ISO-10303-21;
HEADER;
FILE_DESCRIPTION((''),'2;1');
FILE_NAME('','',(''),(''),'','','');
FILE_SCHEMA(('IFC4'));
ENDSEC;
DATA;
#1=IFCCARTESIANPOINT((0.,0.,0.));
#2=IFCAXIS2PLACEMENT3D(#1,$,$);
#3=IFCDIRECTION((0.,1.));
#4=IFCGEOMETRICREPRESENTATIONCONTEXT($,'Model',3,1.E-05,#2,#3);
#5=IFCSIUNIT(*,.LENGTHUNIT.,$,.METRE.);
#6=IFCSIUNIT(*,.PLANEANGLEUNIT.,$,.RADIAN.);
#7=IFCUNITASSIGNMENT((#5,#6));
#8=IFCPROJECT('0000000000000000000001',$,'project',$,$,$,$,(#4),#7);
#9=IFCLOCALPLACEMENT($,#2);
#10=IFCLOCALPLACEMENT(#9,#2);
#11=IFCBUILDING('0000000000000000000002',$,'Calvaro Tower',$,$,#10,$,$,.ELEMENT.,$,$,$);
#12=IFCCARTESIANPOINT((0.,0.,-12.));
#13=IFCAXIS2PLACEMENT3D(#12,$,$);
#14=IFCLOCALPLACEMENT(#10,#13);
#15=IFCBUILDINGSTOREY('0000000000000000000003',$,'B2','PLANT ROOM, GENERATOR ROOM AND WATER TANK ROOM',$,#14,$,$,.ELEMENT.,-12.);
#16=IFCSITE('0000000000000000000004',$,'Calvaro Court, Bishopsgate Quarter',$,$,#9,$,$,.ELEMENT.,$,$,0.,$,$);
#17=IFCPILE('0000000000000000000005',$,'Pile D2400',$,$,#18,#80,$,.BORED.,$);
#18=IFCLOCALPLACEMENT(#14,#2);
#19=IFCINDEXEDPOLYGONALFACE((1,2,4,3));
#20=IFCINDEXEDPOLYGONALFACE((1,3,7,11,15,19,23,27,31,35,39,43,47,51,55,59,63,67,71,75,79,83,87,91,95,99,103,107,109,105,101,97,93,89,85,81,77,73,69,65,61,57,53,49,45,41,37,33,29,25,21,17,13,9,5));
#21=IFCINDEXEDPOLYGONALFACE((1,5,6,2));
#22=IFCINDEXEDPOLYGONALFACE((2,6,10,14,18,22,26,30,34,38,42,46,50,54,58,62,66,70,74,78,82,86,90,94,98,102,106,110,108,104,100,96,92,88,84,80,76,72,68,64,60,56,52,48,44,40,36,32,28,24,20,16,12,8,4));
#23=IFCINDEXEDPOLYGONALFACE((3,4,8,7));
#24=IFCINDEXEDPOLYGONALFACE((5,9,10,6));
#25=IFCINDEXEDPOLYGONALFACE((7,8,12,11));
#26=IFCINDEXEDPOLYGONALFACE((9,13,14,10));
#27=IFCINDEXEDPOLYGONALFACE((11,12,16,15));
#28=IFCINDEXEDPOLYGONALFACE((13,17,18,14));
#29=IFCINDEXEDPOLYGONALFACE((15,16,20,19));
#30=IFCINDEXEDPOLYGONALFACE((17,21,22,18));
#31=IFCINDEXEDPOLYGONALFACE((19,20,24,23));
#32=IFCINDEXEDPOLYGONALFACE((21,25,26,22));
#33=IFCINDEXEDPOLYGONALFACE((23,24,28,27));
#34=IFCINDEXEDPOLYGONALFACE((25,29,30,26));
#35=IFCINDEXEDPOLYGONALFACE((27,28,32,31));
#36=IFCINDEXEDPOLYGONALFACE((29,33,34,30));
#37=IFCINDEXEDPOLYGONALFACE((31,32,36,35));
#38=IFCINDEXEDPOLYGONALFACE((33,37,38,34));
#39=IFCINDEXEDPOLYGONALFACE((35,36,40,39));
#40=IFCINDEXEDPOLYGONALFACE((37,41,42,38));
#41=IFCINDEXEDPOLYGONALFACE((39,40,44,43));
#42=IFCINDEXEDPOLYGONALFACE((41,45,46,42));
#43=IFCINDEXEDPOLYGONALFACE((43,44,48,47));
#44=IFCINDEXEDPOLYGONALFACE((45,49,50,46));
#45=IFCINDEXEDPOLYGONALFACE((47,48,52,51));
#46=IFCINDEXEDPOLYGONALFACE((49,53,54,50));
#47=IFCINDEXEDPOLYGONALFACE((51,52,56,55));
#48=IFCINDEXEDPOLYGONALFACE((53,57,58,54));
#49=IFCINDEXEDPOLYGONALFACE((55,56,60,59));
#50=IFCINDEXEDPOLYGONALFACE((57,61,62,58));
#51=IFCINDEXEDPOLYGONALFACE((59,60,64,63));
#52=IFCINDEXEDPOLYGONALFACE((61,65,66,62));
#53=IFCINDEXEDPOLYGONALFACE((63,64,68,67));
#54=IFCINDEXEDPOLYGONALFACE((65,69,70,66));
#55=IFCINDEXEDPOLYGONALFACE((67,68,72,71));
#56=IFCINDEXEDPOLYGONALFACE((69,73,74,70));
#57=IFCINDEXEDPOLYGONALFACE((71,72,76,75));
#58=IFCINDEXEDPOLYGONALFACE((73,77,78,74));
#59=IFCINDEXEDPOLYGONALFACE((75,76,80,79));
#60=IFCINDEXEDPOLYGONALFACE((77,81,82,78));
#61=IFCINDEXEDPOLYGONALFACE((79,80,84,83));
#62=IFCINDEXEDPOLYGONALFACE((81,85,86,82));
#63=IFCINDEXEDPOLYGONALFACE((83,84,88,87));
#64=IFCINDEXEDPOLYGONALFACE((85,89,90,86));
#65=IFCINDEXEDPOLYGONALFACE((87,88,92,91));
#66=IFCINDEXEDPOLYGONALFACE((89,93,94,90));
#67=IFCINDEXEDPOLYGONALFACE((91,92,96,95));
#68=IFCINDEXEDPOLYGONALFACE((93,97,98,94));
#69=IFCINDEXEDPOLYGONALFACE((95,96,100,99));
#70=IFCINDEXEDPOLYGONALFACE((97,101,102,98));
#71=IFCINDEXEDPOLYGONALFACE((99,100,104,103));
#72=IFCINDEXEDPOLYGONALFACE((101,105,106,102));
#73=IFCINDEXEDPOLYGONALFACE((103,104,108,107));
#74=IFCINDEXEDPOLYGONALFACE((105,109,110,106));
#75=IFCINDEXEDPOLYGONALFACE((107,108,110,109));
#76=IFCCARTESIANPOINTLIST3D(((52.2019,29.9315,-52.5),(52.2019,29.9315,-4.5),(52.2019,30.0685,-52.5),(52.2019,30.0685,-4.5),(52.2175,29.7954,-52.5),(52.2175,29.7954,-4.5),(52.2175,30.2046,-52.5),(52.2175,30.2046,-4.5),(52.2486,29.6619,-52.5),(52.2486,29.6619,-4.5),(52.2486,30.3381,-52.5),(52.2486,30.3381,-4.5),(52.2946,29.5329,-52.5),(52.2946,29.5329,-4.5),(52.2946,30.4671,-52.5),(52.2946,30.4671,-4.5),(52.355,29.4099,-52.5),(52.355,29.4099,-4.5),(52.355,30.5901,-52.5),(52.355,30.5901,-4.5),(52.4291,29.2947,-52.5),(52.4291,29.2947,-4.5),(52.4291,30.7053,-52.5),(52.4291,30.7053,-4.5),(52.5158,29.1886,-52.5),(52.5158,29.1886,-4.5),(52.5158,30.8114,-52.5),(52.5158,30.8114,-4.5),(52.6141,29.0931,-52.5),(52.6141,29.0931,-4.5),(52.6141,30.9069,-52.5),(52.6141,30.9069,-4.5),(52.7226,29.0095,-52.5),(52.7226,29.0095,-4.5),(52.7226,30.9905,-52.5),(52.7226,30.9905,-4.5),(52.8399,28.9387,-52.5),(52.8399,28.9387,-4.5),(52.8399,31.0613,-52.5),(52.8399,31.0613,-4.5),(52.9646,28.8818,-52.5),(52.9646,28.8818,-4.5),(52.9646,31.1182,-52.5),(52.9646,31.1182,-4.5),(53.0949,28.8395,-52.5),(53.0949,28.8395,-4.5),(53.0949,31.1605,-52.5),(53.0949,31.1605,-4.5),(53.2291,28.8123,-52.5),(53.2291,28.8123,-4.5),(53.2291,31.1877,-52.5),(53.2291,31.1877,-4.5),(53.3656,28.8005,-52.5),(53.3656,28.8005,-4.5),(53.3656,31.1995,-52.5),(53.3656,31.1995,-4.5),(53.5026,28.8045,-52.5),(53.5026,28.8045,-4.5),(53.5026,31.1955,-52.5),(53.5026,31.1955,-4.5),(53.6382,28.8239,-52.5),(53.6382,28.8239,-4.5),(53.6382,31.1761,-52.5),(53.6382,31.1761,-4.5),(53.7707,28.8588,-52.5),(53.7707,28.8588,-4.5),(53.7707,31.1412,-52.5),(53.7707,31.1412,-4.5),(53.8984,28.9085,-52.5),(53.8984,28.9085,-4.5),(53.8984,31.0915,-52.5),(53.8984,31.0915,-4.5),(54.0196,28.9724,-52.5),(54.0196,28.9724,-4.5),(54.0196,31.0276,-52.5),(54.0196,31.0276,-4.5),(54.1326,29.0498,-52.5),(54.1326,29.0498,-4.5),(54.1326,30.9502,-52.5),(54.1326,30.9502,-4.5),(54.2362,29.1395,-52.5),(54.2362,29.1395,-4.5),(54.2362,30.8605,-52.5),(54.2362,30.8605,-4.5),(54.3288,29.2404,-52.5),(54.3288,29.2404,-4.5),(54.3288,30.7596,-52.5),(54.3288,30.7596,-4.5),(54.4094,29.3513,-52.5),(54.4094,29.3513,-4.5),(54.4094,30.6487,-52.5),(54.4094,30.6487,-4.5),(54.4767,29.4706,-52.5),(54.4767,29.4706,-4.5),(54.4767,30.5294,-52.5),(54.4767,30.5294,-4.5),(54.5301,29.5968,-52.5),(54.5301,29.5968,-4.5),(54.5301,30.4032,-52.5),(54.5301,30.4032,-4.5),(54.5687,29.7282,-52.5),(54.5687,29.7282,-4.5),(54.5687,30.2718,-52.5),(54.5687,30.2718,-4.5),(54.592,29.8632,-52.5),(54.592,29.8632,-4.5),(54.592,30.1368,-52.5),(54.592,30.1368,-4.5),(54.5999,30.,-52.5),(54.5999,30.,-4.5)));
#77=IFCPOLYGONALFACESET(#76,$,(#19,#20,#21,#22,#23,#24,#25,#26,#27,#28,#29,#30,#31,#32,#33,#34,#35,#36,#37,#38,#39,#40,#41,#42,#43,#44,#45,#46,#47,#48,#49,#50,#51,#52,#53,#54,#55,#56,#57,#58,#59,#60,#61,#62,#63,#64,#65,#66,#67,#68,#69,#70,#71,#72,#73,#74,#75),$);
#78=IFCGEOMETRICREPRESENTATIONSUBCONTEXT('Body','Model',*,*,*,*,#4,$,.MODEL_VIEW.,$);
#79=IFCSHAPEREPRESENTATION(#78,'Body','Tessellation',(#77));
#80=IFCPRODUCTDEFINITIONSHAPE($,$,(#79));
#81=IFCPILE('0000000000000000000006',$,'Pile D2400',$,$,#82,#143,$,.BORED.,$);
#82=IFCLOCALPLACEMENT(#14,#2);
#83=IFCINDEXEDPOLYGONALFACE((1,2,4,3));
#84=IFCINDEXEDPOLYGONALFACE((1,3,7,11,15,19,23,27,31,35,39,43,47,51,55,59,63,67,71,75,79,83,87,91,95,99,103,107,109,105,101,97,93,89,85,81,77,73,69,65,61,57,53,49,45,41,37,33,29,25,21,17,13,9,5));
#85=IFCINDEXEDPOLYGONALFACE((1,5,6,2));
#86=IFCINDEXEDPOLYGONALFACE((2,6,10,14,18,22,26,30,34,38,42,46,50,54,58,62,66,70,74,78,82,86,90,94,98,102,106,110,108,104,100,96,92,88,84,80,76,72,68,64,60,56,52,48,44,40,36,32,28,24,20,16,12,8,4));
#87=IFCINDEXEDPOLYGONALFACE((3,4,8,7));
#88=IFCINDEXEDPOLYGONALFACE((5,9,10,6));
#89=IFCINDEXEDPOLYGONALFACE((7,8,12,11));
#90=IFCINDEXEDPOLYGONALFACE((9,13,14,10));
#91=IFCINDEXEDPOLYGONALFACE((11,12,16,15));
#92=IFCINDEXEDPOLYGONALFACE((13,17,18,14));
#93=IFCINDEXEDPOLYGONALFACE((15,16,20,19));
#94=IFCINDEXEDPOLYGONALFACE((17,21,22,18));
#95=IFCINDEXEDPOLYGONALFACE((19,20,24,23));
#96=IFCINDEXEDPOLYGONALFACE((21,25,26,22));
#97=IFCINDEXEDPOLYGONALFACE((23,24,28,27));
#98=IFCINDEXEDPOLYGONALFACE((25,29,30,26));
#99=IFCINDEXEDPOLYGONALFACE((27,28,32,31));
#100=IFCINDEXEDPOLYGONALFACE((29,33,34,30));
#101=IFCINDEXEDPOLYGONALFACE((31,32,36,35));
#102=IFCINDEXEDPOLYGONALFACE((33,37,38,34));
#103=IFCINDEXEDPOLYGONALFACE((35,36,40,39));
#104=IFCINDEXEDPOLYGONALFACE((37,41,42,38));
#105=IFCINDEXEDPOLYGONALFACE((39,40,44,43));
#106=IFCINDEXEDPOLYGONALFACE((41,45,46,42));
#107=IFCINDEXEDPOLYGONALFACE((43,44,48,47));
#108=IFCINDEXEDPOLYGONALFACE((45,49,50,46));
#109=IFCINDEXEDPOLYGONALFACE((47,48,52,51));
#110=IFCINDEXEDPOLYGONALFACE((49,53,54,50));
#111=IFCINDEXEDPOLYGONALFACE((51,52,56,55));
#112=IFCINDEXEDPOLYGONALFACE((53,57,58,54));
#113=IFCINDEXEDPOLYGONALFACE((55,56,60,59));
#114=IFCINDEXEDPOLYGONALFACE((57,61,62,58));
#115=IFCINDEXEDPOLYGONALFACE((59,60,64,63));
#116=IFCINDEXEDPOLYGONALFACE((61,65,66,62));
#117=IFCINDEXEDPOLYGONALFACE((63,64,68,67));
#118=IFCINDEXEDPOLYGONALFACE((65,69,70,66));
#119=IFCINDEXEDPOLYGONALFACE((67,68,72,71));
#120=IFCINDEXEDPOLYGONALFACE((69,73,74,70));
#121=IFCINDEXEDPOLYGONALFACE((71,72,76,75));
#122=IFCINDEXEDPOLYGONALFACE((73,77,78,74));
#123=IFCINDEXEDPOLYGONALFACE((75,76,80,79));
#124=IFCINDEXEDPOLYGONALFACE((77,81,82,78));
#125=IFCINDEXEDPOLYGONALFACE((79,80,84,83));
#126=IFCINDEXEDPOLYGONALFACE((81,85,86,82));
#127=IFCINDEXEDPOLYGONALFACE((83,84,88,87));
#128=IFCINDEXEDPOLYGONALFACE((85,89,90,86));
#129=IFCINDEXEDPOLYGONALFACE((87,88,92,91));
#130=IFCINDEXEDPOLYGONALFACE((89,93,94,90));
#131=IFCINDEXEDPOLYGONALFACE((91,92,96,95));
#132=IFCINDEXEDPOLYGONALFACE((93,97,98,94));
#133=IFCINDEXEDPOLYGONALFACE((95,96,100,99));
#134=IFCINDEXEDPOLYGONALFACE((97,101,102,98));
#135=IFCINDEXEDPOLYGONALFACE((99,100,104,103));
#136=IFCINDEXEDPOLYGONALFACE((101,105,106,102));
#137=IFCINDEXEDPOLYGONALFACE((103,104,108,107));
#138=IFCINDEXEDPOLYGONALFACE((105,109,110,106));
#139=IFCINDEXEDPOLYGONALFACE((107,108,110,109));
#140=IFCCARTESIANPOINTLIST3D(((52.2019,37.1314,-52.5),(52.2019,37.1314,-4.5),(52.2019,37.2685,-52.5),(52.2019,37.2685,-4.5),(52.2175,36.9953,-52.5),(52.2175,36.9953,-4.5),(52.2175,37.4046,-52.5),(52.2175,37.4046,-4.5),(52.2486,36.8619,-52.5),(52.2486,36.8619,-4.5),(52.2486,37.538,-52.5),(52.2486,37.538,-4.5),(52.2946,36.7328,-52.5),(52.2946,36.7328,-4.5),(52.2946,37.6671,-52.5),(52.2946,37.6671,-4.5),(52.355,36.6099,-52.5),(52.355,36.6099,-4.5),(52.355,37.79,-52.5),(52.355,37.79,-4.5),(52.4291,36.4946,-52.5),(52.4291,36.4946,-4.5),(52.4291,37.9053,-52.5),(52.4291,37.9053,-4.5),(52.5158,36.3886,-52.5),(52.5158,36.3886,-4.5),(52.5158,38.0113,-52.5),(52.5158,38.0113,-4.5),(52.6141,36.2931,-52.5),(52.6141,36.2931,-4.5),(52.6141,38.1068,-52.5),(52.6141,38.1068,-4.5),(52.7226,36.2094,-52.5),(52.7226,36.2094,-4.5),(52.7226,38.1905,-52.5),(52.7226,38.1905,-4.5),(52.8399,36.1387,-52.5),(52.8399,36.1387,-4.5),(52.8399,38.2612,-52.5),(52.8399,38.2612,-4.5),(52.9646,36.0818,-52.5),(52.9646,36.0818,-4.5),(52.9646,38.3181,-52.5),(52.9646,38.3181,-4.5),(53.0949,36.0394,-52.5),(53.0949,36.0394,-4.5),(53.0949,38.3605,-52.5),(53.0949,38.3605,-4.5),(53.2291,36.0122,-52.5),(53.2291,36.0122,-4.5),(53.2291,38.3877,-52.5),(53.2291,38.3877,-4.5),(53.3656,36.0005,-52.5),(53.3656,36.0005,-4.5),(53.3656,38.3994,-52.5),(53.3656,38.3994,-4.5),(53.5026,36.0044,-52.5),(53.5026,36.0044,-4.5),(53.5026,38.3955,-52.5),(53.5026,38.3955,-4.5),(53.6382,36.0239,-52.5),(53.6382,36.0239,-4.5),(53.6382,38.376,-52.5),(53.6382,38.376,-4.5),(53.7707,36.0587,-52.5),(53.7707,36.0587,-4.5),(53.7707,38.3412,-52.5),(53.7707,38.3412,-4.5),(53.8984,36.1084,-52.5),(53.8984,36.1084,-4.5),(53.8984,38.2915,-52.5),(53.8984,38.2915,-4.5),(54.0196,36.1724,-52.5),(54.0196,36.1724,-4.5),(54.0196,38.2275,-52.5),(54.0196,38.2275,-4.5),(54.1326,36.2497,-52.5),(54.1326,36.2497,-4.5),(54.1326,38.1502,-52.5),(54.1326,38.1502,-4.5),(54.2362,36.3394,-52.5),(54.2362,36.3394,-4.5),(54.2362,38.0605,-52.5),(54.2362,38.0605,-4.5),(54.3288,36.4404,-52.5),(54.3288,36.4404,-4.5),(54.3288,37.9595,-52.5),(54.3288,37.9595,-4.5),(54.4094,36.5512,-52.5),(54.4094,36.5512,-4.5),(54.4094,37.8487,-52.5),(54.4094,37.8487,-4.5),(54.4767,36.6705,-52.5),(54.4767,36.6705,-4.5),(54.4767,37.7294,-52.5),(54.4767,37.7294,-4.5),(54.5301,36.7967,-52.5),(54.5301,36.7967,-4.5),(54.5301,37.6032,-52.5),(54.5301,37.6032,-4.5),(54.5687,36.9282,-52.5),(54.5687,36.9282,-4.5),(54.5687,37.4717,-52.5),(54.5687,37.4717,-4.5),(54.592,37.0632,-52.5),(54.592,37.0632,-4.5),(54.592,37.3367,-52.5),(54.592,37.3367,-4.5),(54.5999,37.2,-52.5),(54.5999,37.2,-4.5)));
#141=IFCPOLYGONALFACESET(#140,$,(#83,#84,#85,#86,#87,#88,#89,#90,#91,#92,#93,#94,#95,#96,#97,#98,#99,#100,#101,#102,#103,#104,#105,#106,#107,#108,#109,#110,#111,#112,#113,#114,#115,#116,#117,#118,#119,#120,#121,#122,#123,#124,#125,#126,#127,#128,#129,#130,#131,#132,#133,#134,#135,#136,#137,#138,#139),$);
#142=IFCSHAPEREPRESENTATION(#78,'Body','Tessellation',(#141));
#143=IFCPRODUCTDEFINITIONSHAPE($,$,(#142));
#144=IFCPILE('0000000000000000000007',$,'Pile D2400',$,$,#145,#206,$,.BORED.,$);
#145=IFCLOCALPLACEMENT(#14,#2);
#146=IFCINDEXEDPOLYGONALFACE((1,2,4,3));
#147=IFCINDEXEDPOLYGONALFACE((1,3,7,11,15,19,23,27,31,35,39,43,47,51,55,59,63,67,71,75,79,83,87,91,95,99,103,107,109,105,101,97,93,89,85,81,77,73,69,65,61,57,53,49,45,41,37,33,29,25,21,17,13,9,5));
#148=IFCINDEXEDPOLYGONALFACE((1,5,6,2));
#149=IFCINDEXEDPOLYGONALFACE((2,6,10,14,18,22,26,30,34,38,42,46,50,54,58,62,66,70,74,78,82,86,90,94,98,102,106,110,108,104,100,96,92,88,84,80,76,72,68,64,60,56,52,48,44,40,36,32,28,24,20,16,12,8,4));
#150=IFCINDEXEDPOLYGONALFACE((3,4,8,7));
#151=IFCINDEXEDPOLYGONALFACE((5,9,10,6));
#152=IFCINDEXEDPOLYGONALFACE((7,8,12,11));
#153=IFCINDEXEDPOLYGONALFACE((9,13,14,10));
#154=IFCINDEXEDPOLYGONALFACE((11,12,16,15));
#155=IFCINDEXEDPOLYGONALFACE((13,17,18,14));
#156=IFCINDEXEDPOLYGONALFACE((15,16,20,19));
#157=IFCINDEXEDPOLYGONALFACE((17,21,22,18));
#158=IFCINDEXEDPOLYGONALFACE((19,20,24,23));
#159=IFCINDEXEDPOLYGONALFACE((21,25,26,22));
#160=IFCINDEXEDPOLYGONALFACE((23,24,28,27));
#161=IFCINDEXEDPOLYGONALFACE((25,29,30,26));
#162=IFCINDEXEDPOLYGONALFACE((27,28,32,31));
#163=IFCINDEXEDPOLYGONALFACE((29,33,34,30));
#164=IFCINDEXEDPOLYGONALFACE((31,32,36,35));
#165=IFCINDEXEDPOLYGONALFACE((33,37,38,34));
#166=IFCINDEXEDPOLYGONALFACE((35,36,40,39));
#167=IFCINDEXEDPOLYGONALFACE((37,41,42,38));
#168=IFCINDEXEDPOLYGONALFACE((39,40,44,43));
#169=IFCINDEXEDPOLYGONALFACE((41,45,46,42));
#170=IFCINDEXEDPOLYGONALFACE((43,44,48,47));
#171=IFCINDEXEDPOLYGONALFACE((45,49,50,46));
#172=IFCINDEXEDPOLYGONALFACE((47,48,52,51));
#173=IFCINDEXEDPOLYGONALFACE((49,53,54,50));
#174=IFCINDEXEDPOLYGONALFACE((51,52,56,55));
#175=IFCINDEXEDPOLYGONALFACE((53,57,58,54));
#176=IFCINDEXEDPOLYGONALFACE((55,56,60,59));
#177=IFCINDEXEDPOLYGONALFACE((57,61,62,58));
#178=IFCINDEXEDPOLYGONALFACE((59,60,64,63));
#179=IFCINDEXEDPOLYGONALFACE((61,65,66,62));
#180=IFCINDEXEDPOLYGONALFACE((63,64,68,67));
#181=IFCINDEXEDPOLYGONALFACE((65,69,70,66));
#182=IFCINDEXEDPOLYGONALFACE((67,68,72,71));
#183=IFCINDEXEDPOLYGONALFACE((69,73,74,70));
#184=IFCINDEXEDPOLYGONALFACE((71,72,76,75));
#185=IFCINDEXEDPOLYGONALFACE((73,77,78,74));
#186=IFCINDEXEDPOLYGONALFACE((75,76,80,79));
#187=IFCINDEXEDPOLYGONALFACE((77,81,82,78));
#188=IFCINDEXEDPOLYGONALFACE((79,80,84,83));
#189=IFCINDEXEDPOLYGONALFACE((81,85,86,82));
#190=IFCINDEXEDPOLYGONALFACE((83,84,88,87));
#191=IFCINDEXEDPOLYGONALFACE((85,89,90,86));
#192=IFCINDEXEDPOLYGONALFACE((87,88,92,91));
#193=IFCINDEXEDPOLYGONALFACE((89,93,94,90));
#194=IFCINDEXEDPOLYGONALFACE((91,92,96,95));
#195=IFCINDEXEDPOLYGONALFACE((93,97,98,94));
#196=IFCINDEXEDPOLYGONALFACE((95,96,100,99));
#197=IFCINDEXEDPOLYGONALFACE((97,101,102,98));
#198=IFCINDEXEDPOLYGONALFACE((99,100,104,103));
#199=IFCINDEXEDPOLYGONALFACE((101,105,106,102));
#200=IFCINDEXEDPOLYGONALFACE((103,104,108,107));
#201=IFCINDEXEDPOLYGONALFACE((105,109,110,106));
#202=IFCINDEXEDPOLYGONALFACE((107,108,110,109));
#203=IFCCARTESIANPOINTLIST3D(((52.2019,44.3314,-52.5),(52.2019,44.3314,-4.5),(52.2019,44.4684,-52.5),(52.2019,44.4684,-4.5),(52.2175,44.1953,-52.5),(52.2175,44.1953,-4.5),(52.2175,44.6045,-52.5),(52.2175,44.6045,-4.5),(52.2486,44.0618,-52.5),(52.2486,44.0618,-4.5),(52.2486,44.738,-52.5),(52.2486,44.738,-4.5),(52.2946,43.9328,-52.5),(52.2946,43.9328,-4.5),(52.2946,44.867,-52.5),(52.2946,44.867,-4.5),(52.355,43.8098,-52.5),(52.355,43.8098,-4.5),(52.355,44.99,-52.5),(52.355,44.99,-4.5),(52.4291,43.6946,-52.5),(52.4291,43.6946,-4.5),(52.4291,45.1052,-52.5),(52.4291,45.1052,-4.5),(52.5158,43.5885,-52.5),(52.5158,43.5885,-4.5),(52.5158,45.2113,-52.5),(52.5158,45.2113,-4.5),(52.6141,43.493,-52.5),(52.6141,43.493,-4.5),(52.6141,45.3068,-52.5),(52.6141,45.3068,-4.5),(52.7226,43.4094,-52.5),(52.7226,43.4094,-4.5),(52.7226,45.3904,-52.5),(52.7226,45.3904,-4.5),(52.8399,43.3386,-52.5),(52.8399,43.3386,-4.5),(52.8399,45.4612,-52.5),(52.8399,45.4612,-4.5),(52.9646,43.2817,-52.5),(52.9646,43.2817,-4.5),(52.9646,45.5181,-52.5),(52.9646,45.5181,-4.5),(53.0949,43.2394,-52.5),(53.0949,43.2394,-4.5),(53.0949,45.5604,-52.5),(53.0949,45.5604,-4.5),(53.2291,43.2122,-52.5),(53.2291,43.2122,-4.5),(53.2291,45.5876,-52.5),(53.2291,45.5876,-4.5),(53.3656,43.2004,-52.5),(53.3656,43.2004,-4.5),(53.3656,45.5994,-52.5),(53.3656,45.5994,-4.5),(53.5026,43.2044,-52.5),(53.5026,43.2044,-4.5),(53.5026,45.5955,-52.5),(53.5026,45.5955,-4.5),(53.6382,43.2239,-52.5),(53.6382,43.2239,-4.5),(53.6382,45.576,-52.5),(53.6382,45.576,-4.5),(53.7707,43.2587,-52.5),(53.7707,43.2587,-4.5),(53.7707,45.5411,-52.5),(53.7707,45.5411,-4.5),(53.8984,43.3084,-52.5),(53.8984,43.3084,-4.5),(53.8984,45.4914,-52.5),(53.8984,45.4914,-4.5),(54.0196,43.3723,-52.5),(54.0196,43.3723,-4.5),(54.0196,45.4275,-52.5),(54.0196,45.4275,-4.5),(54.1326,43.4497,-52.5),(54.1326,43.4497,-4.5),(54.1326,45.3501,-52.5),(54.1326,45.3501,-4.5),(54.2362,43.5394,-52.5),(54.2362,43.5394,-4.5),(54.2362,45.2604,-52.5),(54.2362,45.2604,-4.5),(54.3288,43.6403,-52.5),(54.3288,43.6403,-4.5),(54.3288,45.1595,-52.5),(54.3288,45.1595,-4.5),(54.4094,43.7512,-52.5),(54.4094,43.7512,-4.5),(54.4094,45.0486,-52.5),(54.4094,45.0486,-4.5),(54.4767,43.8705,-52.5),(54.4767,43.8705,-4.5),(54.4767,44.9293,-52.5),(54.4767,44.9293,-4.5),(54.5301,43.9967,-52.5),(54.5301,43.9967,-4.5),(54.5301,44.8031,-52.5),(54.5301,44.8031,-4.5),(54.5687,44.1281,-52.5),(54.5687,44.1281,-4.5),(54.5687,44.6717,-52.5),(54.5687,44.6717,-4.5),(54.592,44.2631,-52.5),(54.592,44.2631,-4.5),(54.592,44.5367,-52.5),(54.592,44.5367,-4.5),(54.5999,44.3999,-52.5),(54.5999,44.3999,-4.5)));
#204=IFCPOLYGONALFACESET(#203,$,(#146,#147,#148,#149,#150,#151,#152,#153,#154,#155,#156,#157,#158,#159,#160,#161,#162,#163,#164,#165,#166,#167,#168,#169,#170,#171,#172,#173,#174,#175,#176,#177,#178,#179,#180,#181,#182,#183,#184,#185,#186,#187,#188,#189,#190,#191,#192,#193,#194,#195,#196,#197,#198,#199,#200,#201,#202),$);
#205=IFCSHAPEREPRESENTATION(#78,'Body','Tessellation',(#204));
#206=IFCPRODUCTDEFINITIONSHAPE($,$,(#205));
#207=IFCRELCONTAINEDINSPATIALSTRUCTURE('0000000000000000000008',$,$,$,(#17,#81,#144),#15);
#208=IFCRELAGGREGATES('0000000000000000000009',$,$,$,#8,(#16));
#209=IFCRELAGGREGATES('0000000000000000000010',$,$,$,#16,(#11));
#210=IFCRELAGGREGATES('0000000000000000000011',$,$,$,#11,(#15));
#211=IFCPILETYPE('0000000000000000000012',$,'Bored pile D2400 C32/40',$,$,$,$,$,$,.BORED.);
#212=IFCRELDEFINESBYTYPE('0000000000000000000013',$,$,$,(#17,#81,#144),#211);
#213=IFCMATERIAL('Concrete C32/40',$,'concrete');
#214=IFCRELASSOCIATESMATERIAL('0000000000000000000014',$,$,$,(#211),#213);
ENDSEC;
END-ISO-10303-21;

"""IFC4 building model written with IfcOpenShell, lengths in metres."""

from ifc_helpers import new_model, si_unit, direction, frame, origin, origin_2d, place, context, subcontext, project, spatial, circle, extrude, material, material_profile, profile_set, type_object, element, save


model = new_model("IFC4")

# Units and contexts
model_context = context("Model", 3, precision=1e-05, world=origin(), true_north=direction((0.0, 1.0)))
body_context = subcontext(model_context, "Body", "Model", "MODEL_VIEW")
ifc_project = project(units=[si_unit("LENGTHUNIT", "METRE"), si_unit("PLANEANGLEUNIT", "RADIAN")], contexts=[model_context])

# Site, building, storey
site_placement = place(None, origin())
site = spatial("IfcSite", under=ifc_project, at=site_placement, Name="Calvaro Court, Bishopsgate Quarter", CompositionType="ELEMENT", RefElevation=0.0)
building_placement = place(site_placement, origin())
building = spatial("IfcBuilding", under=site, at=building_placement, Name="Calvaro Tower", CompositionType="ELEMENT")
storey_placement = place(building_placement, frame((0.0, 0.0, -12.0)))
storey = spatial("IfcBuildingStorey", under=building, at=storey_placement, Name="B2", Description="PLANT ROOM, GENERATOR ROOM AND WATER TANK ROOM", CompositionType="ELEMENT", Elevation=-12.0)

# Piles
ifc_material_1 = material(Name="Concrete C32/40", Category="concrete")
ifc_material_profile = material_profile(ifc_material_1, circle(Radius=1.2, at=origin_2d()), Name="Bored pile D2400")
ifc_profile_set = profile_set([ifc_material_profile], Name="Concrete C32/40")
pile_type = type_object("IfcPileType", Name="Bored pile D2400 C32/40", PredefinedType="BORED", material=ifc_profile_set)
for number, where, z_axis, x_axis, name in (
    (1, (53.3999, 30.0, -4.5), (0.0, 0.0, -1.0), (1.0, 0.0, 0.0), "Pile D2400"),
    (2, (53.3999, 37.2, -4.5), (0.0, 0.0, -1.0), (1.0, 0.0, 0.0), "Pile D2400"),
    (3, (53.3999, 44.3999, -4.5), (0.0, 0.0, -1.0), (1.0, 0.0, 0.0), "Pile D2400"),
):
    element("IfcPile", number, at=place(storey_placement, frame(where, z_axis=z_axis, x_axis=x_axis)), inside=storey, type_object=pile_type, Name=name, PredefinedType="BORED", context=body_context, shape_type="SweptSolid", body=[
        extrude(circle(Radius=1.2, at=origin_2d()), origin(), (0.0, 0.0, 1.0), 48.0),
    ])

save(model, "model.ifc")
